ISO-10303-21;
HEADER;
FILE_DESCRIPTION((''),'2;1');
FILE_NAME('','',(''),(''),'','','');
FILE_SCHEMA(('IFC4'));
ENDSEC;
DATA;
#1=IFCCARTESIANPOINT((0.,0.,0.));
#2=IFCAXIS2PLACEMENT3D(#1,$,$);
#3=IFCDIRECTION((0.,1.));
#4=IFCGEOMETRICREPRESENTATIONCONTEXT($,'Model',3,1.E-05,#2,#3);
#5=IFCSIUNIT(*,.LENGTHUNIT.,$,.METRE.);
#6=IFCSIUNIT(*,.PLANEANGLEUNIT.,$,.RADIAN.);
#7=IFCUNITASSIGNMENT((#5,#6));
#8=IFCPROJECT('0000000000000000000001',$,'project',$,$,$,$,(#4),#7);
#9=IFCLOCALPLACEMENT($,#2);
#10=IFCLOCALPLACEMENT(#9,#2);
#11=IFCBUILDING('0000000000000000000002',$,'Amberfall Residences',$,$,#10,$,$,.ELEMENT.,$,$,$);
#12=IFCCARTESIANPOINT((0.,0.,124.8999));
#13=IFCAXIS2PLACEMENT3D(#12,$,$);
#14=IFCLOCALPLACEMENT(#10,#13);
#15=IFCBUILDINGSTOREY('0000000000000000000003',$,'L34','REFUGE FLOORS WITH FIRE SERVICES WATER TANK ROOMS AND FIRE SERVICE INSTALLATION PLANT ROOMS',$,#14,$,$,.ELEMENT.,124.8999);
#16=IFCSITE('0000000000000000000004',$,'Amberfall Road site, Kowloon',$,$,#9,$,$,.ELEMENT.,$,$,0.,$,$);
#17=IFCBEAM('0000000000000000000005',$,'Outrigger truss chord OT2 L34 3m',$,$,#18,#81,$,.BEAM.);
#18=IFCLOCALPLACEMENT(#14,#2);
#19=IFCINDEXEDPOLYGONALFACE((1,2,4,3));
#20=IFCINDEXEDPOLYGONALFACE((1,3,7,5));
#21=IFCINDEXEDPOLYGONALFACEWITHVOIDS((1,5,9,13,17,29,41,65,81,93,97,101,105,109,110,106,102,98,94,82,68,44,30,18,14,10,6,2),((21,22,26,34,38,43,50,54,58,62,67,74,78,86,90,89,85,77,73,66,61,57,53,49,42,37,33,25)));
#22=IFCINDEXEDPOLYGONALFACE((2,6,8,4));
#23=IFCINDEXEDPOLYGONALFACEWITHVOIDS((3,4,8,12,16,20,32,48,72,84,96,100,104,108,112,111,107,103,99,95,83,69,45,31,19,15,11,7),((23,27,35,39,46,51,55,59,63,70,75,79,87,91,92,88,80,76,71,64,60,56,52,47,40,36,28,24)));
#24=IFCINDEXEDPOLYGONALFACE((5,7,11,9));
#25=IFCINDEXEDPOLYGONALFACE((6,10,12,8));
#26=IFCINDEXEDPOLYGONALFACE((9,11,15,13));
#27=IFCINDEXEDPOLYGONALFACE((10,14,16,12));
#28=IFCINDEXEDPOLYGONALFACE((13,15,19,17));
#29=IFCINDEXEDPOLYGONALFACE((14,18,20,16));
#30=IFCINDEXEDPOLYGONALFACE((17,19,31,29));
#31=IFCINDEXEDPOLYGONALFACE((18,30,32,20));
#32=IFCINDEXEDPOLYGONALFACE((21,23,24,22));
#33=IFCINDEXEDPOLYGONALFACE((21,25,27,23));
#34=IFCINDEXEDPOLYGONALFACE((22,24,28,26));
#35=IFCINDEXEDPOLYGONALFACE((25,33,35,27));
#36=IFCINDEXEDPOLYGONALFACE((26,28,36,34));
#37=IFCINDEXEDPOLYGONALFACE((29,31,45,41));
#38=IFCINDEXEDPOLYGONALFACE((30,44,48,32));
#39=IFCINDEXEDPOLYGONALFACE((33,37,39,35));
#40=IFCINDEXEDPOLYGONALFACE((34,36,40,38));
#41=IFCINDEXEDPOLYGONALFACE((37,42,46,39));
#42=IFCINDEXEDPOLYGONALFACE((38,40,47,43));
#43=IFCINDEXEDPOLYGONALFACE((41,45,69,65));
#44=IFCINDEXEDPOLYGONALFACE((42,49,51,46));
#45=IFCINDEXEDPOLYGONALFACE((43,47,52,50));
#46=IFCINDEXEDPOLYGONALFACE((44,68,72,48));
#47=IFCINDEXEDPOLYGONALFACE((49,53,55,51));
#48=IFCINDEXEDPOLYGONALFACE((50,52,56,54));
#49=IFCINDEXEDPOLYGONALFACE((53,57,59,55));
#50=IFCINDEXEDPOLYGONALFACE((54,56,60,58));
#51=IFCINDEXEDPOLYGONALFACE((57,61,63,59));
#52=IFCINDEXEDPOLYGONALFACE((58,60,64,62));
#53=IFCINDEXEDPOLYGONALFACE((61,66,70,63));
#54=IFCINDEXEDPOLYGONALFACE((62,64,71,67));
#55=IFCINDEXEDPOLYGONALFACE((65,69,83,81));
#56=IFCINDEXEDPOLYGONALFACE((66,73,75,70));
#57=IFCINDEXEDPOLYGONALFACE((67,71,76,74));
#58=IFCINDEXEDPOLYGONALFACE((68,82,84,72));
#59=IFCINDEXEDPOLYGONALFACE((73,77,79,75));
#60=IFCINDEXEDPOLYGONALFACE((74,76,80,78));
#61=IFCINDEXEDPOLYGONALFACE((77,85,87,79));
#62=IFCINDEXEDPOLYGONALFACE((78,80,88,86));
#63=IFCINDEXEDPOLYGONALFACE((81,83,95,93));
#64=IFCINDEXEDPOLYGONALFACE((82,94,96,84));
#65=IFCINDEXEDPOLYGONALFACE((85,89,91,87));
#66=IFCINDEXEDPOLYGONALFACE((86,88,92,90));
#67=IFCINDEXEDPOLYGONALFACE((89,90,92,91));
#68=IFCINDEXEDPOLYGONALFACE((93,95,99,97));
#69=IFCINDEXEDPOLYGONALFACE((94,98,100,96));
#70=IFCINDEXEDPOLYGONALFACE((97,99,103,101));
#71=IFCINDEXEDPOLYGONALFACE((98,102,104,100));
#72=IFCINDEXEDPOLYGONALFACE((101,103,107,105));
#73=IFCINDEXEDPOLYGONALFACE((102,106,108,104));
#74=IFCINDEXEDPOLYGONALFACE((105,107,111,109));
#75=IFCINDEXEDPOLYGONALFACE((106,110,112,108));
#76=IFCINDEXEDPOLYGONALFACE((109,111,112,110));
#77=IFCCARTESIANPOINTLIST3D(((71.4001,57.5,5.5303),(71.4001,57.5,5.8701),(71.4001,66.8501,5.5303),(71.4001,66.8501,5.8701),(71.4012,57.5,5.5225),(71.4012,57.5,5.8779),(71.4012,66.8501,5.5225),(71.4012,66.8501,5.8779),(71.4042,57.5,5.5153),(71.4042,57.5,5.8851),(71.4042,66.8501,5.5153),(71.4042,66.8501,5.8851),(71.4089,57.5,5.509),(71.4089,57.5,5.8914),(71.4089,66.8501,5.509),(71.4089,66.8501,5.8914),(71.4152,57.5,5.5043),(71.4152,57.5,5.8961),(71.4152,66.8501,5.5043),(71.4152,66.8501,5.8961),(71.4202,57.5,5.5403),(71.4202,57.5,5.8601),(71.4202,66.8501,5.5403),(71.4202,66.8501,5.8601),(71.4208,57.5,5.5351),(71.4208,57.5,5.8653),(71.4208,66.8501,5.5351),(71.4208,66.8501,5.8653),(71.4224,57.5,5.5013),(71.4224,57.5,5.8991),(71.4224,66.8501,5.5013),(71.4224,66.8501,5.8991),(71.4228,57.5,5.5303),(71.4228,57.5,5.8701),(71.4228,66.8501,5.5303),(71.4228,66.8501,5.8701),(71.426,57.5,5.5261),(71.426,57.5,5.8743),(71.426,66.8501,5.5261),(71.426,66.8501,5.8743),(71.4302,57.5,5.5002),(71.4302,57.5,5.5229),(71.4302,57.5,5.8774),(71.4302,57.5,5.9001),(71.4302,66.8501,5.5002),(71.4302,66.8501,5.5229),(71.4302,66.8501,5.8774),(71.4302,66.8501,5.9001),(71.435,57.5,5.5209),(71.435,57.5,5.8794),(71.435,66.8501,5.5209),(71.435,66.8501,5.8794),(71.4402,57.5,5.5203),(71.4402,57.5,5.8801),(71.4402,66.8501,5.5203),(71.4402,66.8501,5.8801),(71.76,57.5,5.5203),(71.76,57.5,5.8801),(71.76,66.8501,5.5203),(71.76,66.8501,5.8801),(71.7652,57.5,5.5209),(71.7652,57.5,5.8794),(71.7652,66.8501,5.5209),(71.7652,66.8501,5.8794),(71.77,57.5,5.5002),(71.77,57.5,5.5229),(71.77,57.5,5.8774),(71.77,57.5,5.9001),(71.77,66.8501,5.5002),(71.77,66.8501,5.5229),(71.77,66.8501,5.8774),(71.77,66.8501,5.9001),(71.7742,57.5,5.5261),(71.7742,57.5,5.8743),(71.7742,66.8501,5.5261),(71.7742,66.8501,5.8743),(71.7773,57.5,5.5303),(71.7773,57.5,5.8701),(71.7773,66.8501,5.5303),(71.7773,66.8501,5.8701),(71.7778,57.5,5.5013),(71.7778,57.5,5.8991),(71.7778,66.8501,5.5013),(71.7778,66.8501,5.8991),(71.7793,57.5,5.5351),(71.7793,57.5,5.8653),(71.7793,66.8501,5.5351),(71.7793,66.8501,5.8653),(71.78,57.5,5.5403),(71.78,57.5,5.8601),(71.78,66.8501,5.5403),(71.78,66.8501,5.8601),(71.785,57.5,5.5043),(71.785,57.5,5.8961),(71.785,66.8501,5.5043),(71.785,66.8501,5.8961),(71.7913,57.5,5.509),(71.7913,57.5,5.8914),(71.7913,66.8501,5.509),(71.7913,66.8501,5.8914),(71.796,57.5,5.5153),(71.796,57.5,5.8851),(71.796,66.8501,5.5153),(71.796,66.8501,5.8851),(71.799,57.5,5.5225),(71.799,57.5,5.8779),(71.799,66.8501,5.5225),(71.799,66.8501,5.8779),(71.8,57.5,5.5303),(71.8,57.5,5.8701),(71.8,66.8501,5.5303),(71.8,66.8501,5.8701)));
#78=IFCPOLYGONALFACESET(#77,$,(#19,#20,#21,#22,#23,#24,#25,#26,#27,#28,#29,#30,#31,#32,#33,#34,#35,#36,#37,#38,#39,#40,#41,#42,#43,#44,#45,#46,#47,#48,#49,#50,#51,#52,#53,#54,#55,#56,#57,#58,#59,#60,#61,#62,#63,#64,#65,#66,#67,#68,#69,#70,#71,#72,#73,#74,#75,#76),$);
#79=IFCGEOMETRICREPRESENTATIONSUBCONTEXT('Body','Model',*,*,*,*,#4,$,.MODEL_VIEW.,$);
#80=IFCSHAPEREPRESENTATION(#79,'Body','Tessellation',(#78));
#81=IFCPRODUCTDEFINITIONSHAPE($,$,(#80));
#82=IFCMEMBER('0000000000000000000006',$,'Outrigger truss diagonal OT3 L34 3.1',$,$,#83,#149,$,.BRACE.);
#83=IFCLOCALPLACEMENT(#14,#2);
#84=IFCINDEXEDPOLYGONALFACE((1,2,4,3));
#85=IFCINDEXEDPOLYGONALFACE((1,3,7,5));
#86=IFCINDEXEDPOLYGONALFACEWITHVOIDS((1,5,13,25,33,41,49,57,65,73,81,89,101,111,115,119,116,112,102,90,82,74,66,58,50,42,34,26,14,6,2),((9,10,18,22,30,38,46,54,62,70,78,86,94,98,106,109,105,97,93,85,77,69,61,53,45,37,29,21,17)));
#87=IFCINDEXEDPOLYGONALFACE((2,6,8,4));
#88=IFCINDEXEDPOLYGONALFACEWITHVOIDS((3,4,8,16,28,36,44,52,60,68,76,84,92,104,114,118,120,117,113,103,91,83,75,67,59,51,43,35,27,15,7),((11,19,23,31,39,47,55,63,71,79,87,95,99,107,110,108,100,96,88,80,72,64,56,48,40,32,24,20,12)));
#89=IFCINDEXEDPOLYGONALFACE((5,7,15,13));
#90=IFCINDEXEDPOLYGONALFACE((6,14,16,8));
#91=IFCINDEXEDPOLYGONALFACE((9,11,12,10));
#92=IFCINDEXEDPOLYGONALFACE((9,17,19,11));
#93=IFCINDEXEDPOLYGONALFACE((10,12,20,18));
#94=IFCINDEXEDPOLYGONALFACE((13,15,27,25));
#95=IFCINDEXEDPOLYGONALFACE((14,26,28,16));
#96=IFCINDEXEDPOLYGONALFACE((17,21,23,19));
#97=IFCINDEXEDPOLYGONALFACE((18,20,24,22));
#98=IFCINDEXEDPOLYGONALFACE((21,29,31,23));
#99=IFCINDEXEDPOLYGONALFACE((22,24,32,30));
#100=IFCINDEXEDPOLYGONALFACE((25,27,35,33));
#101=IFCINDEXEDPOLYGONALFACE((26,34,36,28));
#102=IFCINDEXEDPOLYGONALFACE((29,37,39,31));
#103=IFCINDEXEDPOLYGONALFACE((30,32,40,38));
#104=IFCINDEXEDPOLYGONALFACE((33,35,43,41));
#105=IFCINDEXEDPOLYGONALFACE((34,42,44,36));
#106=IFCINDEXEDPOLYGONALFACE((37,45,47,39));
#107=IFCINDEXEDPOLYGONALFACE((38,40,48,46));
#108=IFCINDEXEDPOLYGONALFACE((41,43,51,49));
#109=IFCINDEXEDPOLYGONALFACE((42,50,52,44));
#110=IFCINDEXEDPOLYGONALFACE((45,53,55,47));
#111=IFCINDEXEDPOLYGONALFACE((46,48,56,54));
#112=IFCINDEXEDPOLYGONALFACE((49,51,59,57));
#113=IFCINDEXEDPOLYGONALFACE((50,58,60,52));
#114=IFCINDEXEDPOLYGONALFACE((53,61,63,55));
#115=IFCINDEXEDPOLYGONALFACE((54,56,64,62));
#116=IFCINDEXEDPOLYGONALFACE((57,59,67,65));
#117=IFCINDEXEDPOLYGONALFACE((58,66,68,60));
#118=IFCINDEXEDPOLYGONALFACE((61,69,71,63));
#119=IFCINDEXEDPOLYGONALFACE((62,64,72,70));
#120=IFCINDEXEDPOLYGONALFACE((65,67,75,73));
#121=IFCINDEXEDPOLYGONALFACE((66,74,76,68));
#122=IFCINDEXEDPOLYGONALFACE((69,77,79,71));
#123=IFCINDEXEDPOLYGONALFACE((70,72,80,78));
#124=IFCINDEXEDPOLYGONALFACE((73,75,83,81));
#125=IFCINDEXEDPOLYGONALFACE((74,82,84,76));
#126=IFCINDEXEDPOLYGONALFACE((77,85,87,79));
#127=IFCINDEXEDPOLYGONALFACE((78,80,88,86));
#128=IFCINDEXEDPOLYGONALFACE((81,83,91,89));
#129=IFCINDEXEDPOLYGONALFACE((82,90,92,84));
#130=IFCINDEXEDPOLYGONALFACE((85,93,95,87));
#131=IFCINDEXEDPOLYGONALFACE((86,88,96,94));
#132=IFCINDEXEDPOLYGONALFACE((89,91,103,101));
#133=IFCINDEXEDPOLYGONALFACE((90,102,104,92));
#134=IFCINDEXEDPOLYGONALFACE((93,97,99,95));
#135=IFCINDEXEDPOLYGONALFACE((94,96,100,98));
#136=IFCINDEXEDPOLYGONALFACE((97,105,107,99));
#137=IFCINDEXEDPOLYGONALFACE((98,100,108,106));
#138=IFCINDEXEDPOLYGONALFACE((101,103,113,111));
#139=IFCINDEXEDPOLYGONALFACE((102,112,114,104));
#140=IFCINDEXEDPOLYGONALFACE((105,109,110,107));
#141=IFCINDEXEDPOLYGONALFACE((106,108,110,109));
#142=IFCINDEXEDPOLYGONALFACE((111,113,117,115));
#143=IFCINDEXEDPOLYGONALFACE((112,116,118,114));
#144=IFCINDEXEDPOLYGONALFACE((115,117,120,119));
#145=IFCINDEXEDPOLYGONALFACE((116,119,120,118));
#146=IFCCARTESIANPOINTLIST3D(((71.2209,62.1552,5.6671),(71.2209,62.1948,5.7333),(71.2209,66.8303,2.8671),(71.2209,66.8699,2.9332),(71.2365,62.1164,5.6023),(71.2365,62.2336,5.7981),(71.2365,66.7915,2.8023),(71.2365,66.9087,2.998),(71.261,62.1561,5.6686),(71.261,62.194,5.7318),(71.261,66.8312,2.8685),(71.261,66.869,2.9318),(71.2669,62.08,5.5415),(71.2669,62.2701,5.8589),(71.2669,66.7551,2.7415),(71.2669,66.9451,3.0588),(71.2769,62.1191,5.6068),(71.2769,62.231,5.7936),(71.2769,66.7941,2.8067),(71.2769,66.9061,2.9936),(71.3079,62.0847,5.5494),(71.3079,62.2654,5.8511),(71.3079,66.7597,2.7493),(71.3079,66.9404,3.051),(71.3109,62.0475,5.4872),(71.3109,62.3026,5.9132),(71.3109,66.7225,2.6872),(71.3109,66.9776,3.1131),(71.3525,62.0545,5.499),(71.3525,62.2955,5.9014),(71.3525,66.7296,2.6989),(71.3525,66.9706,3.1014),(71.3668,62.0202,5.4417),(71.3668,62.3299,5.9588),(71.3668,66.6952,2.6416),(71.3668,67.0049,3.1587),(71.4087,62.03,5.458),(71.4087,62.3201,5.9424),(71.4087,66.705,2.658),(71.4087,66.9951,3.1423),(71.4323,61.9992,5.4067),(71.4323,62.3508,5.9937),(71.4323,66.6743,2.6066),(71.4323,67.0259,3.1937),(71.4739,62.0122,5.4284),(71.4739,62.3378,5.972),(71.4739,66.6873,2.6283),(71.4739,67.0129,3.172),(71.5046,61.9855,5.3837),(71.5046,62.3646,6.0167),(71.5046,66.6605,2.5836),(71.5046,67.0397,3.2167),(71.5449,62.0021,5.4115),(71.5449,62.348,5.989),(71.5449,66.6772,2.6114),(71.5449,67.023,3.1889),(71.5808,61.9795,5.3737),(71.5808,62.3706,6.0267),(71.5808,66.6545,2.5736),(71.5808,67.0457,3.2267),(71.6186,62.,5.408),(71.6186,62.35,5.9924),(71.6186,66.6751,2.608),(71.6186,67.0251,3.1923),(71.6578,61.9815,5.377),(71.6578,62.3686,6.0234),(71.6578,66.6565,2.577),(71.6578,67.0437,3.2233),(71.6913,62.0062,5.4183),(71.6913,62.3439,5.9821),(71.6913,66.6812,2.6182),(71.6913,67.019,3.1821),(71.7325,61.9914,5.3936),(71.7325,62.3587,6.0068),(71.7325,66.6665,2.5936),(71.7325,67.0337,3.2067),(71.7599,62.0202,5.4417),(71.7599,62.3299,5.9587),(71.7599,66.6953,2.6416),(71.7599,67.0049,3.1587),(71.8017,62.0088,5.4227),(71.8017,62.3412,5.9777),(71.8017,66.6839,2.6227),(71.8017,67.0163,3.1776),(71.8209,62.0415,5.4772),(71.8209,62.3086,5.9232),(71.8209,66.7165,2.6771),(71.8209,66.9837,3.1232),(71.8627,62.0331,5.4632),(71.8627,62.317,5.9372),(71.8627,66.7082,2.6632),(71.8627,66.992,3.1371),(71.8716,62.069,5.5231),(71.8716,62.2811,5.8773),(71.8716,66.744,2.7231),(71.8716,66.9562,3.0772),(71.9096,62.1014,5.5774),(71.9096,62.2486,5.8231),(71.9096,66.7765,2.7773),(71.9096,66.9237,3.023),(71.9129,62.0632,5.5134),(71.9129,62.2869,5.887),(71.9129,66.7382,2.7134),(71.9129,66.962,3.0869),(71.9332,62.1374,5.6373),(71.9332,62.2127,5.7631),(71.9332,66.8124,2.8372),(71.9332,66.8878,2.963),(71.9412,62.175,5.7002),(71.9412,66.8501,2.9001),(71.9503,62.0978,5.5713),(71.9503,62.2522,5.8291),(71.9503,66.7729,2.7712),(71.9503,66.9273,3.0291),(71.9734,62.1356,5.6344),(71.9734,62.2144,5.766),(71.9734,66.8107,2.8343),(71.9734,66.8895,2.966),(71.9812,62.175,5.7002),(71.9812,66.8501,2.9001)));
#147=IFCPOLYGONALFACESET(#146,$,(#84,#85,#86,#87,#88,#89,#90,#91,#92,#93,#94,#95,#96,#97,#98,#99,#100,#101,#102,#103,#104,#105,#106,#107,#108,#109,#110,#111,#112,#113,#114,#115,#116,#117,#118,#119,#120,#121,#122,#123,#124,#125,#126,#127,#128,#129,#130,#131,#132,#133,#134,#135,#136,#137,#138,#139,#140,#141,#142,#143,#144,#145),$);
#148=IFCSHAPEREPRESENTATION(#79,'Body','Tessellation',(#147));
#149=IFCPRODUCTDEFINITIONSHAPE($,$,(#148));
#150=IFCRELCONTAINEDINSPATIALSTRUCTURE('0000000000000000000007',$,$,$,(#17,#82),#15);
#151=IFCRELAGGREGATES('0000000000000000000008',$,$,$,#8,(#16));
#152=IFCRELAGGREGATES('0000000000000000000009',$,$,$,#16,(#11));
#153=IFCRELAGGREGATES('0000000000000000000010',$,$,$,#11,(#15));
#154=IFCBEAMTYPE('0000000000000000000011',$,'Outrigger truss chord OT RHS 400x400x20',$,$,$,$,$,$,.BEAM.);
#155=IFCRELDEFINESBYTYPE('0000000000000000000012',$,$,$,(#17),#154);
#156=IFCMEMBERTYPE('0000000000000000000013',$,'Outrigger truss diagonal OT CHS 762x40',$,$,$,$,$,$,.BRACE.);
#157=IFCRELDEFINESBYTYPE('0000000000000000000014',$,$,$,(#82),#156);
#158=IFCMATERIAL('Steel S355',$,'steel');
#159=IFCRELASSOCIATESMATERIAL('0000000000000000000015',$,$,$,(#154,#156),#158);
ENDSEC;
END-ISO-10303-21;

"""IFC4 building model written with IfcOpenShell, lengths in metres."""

from ifc_helpers import new_model, si_unit, direction, frame, origin, origin_2d, place, context, subcontext, project, spatial, hollow_rectangle, hollow_circle, extrude, material, material_profile, profile_set, type_object, element, save


model = new_model("IFC4")

# Units and contexts
model_context = context("Model", 3, precision=1e-05, world=origin(), true_north=direction((0.0, 1.0)))
body_context = subcontext(model_context, "Body", "Model", "MODEL_VIEW")
ifc_project = project(units=[si_unit("LENGTHUNIT", "METRE"), si_unit("PLANEANGLEUNIT", "RADIAN")], contexts=[model_context])

# Site, building, storey
site_placement = place(None, origin())
site = spatial("IfcSite", under=ifc_project, at=site_placement, Name="Amberfall Road site, Kowloon", CompositionType="ELEMENT", RefElevation=0.0)
building_placement = place(site_placement, origin())
building = spatial("IfcBuilding", under=site, at=building_placement, Name="Amberfall Residences", CompositionType="ELEMENT")
storey_placement = place(building_placement, frame((0.0, 0.0, 124.8999)))
storey = spatial("IfcBuildingStorey", under=building, at=storey_placement, Name="L34", Description="REFUGE FLOORS WITH FIRE SERVICES WATER TANK ROOMS AND FIRE SERVICE INSTALLATION PLANT ROOMS", CompositionType="ELEMENT", Elevation=124.8999)

# Shared definitions
ifc_material_1 = material(Name="Steel S355", Category="steel")

# Beam
ifc_material_profile_1 = material_profile(ifc_material_1, hollow_rectangle(XDim=0.3999, YDim=0.3999, WallThickness=0.02, InnerFilletRadius=0.02, OuterFilletRadius=0.03, at=origin_2d()), Name="RHS 400x400x20")
ifc_profile_set_1 = profile_set([ifc_material_profile_1], Name="Steel S355")
beam_type_1 = type_object("IfcBeamType", Name="Outrigger truss chord OT RHS 400x400x20", PredefinedType="BEAM", material=ifc_profile_set_1)
for number, where, z_axis, x_axis, name in (
    (1, (71.6001, 66.8501, 5.7002), (0.0, -1.0, 0.0), (1.0, 0.0, 0.0), "Outrigger truss chord OT2 L34 3m"),
):
    element("IfcBeam", number, at=place(storey_placement, frame(where, z_axis=z_axis, x_axis=x_axis)), inside=storey, type_object=beam_type_1, Name=name, PredefinedType="BEAM", context=body_context, shape_type="SweptSolid", body=[
        extrude(hollow_rectangle(XDim=0.3999, YDim=0.3999, WallThickness=0.02, InnerFilletRadius=0.02, OuterFilletRadius=0.03, at=origin_2d()), origin(), (0.0, 0.0, 1.0), 9.3501),
    ])

# Member
ifc_material_profile_2 = material_profile(ifc_material_1, hollow_circle(Radius=0.3811, WallThickness=0.04, at=origin_2d()), Name="CHS 762x40")
ifc_profile_set_2 = profile_set([ifc_material_profile_2], Name="Steel S355")
member_type_1 = type_object("IfcMemberType", Name="Outrigger truss diagonal OT CHS 762x40", PredefinedType="BRACE", material=ifc_profile_set_2)
for number, where, z_axis, x_axis, name in (
    (2, (71.6001, 66.8501, 2.9001), (0.0, -0.857896, 0.513824), (1.0, 0.0, 0.0), "Outrigger truss diagonal OT3 L34 3.1"),
):
    element("IfcMember", number, at=place(storey_placement, frame(where, z_axis=z_axis, x_axis=x_axis)), inside=storey, type_object=member_type_1, Name=name, PredefinedType="BRACE", context=body_context, shape_type="SweptSolid", body=[
        extrude(hollow_circle(Radius=0.3811, WallThickness=0.04, at=origin_2d()), origin(), (0.0, 0.0, 1.0), 5.4495),
    ])

save(model, "model.ifc")
